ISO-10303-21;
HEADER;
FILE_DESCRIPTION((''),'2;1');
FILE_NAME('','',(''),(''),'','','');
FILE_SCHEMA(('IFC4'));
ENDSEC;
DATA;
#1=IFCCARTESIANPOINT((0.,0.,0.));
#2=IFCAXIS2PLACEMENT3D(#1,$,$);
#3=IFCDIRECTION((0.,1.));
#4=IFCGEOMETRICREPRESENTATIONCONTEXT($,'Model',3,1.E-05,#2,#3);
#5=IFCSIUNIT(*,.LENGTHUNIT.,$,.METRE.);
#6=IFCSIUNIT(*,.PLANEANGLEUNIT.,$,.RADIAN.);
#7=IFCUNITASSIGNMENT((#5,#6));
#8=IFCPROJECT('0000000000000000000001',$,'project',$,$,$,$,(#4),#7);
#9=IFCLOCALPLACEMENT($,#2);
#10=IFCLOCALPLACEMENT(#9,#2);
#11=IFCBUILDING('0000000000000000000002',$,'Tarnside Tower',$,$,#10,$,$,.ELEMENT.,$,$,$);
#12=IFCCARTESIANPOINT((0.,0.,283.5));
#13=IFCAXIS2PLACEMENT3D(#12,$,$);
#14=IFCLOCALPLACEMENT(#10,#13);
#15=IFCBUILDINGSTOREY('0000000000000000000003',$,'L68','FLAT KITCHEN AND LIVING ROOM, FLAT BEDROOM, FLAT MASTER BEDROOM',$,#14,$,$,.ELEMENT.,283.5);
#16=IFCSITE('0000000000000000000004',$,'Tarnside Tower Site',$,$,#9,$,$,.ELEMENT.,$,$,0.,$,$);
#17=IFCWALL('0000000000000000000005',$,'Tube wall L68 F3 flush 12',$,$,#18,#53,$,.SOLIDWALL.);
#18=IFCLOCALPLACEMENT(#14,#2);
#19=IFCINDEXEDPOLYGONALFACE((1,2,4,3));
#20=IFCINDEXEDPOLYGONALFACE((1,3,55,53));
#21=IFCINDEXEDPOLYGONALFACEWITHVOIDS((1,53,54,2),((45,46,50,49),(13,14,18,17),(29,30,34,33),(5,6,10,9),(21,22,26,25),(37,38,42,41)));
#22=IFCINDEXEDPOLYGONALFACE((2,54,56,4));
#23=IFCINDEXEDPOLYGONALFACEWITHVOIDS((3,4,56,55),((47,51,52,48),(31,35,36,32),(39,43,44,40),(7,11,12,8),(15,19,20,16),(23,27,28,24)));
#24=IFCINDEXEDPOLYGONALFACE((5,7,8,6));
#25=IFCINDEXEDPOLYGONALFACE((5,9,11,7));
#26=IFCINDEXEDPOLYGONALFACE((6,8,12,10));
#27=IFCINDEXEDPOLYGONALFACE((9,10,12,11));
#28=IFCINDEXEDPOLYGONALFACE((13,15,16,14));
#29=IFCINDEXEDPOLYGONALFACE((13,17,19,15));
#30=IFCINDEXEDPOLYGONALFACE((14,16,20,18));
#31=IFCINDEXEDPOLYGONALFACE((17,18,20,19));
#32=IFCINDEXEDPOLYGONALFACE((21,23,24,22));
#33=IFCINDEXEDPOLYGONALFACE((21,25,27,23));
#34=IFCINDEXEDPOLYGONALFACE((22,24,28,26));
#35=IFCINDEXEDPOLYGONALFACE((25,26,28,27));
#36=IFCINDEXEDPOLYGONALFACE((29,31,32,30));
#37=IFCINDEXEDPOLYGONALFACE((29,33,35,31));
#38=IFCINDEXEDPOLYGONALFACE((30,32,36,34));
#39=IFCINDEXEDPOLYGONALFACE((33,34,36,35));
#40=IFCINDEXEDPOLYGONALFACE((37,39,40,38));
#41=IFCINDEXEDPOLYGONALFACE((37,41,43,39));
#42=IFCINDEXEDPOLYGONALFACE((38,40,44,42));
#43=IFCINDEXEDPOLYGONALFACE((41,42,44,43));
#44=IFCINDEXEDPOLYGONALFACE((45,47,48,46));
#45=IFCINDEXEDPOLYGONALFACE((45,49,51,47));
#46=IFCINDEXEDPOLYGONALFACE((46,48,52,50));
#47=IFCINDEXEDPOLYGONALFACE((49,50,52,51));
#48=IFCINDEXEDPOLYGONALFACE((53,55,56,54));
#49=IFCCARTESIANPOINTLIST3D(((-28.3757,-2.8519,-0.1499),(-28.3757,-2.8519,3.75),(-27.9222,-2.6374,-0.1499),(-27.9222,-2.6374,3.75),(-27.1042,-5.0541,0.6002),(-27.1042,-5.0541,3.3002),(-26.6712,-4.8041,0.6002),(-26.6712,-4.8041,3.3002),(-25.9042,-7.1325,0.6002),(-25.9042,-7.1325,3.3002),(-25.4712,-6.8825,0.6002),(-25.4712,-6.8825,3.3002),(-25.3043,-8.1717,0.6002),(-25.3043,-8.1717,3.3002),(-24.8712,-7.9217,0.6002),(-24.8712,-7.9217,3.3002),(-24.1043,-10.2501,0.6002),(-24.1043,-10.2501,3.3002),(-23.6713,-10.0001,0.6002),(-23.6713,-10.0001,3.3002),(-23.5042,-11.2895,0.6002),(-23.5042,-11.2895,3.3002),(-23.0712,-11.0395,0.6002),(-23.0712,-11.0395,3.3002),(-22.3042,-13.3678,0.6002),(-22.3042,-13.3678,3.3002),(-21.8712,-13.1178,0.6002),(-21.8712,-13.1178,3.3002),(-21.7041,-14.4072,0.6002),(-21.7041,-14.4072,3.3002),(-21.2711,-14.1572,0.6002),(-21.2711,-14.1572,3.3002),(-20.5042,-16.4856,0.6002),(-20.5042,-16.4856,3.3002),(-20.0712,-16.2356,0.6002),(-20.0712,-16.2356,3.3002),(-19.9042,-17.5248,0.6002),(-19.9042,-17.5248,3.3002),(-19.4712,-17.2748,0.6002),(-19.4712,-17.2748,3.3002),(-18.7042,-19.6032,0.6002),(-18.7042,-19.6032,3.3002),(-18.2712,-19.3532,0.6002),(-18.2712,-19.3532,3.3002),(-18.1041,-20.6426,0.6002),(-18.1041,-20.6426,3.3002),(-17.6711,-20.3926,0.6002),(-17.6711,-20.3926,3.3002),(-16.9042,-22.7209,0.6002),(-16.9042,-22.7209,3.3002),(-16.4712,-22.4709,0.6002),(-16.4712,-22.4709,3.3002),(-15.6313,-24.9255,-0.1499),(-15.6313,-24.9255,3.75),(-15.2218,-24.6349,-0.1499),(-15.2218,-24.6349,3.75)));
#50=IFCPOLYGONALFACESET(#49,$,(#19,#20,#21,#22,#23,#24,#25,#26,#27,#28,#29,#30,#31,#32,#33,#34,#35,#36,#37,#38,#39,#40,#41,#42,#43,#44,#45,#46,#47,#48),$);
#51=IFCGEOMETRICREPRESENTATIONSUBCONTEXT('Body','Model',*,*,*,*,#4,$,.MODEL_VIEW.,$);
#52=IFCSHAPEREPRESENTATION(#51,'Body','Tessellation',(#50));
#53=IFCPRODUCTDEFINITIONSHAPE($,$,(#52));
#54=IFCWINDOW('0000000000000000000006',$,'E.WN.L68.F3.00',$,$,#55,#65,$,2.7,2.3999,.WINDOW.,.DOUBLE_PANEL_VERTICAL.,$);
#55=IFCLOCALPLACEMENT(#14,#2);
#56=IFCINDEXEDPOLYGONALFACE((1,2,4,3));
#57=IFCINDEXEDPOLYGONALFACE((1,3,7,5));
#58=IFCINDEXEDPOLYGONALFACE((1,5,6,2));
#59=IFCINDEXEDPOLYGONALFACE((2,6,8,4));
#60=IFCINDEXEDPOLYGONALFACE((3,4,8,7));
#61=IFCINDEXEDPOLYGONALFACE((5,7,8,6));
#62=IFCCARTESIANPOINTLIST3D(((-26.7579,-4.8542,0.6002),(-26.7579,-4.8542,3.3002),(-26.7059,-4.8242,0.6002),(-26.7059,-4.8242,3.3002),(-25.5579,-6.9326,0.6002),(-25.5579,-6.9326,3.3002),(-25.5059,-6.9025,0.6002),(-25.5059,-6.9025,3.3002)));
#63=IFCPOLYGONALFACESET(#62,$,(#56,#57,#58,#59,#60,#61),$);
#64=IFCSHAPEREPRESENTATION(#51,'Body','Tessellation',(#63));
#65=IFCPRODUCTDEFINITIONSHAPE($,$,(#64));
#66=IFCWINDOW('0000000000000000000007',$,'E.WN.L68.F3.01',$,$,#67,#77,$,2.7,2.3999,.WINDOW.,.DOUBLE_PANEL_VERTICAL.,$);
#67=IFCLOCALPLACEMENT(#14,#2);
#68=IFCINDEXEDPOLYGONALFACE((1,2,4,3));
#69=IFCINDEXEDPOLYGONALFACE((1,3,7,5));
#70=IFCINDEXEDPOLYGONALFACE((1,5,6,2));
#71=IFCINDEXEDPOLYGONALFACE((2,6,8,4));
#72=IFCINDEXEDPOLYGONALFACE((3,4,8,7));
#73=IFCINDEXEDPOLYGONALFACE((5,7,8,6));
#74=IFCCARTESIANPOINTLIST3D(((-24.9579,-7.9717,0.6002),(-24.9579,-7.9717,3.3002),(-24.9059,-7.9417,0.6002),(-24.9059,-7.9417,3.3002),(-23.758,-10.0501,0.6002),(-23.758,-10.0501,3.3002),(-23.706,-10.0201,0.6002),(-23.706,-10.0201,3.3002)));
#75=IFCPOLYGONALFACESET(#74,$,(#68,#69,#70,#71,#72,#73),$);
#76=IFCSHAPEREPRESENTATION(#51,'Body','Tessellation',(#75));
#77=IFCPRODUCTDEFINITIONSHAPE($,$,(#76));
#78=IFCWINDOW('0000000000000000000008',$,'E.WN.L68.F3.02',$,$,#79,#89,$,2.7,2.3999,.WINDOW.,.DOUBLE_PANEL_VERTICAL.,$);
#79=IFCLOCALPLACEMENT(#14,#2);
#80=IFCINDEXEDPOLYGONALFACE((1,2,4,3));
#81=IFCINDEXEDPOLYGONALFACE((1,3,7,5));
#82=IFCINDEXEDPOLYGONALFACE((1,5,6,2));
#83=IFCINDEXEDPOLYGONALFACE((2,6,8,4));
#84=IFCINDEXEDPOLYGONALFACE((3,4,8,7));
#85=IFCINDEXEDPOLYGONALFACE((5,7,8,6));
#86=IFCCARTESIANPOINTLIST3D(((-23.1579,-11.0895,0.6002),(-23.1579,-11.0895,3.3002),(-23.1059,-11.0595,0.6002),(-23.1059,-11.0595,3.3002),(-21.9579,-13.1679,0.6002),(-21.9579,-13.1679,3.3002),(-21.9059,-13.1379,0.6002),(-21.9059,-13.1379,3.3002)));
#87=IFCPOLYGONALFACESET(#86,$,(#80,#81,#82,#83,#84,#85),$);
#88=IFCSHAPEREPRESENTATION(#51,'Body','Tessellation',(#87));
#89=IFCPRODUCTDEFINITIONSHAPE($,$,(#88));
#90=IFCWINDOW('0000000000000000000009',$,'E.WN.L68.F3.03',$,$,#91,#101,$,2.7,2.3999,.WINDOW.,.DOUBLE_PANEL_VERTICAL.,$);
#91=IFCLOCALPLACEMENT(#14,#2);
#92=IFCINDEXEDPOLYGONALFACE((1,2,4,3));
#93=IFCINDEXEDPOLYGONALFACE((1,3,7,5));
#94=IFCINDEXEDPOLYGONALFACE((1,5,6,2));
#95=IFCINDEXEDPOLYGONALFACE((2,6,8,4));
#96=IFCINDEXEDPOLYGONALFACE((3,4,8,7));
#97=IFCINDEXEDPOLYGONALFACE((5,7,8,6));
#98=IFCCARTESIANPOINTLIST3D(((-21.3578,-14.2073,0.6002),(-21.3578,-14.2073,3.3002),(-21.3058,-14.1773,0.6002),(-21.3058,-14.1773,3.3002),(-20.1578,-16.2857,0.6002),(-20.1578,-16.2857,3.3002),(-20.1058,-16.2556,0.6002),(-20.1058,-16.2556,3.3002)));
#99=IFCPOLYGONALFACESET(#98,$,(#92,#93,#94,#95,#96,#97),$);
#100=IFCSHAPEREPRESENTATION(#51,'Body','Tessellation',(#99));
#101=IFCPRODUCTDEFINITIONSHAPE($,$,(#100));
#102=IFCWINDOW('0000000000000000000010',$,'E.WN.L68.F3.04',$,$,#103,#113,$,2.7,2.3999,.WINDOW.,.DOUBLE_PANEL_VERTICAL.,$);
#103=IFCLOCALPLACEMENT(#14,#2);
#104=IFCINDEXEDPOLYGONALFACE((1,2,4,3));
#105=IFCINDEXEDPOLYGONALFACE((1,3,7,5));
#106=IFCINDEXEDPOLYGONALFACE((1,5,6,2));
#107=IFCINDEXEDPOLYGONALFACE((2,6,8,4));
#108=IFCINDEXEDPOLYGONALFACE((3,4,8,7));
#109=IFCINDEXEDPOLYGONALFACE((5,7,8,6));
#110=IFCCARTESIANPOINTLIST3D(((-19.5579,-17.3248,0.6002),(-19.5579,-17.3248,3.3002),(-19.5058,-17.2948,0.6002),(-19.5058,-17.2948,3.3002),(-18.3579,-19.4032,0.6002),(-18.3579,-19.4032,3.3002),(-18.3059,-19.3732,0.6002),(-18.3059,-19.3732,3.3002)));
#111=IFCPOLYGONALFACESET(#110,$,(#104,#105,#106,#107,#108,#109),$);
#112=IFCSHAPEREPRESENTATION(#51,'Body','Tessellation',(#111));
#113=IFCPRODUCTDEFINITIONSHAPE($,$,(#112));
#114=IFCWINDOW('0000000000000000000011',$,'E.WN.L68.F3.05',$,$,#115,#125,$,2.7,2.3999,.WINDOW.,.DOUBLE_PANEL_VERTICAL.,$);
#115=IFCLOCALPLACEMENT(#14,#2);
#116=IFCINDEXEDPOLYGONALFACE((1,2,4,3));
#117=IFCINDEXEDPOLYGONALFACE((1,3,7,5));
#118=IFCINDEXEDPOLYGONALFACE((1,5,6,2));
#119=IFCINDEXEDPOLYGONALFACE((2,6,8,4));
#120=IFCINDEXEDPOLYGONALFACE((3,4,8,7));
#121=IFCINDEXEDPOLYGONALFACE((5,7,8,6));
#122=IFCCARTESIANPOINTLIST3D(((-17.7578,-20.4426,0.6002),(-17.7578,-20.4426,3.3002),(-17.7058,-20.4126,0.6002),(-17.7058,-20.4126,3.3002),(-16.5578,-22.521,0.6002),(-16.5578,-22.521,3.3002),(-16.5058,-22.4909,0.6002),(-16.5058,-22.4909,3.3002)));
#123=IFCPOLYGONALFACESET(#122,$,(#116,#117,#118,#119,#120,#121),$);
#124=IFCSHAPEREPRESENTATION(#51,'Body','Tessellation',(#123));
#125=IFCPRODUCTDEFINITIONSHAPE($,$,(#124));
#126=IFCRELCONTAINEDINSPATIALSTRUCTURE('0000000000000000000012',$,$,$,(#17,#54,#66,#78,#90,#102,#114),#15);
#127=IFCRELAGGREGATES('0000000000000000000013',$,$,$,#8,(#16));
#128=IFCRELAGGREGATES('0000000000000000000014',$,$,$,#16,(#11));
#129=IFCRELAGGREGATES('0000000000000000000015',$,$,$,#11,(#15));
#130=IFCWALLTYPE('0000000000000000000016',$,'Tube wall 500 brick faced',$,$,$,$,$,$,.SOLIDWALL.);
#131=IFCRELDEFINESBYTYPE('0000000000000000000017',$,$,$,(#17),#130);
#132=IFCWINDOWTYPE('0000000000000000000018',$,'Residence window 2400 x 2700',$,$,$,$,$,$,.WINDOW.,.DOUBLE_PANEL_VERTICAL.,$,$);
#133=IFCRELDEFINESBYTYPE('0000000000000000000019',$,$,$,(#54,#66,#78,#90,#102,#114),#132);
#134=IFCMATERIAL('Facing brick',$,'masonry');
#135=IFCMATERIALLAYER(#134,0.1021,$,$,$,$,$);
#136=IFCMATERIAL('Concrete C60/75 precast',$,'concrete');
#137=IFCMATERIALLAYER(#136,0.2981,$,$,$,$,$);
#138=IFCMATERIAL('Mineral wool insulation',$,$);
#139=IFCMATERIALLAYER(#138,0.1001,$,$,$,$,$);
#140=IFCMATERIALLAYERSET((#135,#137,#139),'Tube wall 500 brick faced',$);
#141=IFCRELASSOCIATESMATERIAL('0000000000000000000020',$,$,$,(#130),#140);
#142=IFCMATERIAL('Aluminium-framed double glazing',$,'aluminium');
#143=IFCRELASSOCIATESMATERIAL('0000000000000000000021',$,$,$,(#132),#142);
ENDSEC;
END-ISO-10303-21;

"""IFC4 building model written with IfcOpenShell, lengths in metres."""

from ifc_helpers import new_model, si_unit, direction, frame, frame_2d, origin, place, context, subcontext, project, spatial, polyline, rectangle, outline, extrude, material, layer, layer_set, type_object, element, fill, save


model = new_model("IFC4")

# Units and contexts
model_context = context("Model", 3, precision=1e-05, world=origin(), true_north=direction((0.0, 1.0)))
body_context = subcontext(model_context, "Body", "Model", "MODEL_VIEW")
ifc_project = project(units=[si_unit("LENGTHUNIT", "METRE"), si_unit("PLANEANGLEUNIT", "RADIAN")], contexts=[model_context])

# Site, building, storey
site_placement = place(None, origin())
site = spatial("IfcSite", under=ifc_project, at=site_placement, Name="Tarnside Tower Site", CompositionType="ELEMENT", RefElevation=0.0)
building_placement = place(site_placement, origin())
building = spatial("IfcBuilding", under=site, at=building_placement, Name="Tarnside Tower", CompositionType="ELEMENT")
storey_placement = place(building_placement, frame((0.0, 0.0, 283.5)))
storey = spatial("IfcBuildingStorey", under=building, at=storey_placement, Name="L68", Description="FLAT KITCHEN AND LIVING ROOM, FLAT BEDROOM, FLAT MASTER BEDROOM", CompositionType="ELEMENT", Elevation=283.5)

# Shared definitions
ifc_material_1 = material(Name="Facing brick", Category="masonry")
ifc_layer_1 = layer(ifc_material_1, 0.1021)
ifc_material_2 = material(Name="Concrete C60/75 precast", Category="concrete")
ifc_layer_2 = layer(ifc_material_2, 0.2981)
ifc_material_3 = material(Name="Mineral wool insulation")
ifc_layer_3 = layer(ifc_material_3, 0.1001)
ifc_layer_set_1 = layer_set([ifc_layer_1, ifc_layer_2, ifc_layer_3], Name="Tube wall 500 brick faced")
wall_type_1 = type_object("IfcWallType", Name="Tube wall 500 brick faced", PredefinedType="SOLIDWALL", material=ifc_layer_set_1)

# Wall, openings, windows
wall_1_placement = place(storey_placement, frame((-28.1489, -2.7446, -0.1499), z_axis=(0.0, 0.0, 1.0), x_axis=(0.500004, -0.866023, 0.0)))
wall_1 = element("IfcWall", 1, at=wall_1_placement, inside=storey, type_object=wall_type_1, Name="Tube wall L68 F3 flush 12", PredefinedType="SOLIDWALL", context=body_context, shape_type="SweptSolid", body=[
    extrude(outline(polyline([(-0.0205, -0.25), (25.468, -0.25), (25.4211, 0.25), (0.0205, 0.25), (-0.0205, -0.25)])), origin(), (0.0, 0.0, 1.0), 3.8999),
])
opening_1_placement = place(wall_1_placement, frame((2.5225, 0.0, 0.75)))
opening_1 = element("IfcOpeningElement", 2, at=opening_1_placement, cuts=wall_1, PredefinedType="OPENING", context=body_context, shape_type="SweptSolid", body=[
    extrude(rectangle(XDim=2.3999, YDim=2.7, at=frame_2d((1.2, 1.3501))), frame((0.0, 0.26, 0.0), z_axis=(0.0, -1.0, 0.0), x_axis=(1.0, 0.0, 0.0)), (0.0, 0.0, 1.0), 0.52),
])
opening_2_placement = place(wall_1_placement, frame((6.1223, 0.0, 0.75)))
opening_2 = element("IfcOpeningElement", 3, at=opening_2_placement, cuts=wall_1, PredefinedType="OPENING", context=body_context, shape_type="SweptSolid", body=[
    extrude(rectangle(XDim=2.3999, YDim=2.7, at=frame_2d((1.2, 1.3501))), frame((0.0, 0.26, 0.0), z_axis=(0.0, -1.0, 0.0), x_axis=(1.0, 0.0, 0.0)), (0.0, 0.0, 1.0), 0.52),
])
opening_3_placement = place(wall_1_placement, frame((9.7224, 0.0, 0.75)))
opening_3 = element("IfcOpeningElement", 4, at=opening_3_placement, cuts=wall_1, PredefinedType="OPENING", context=body_context, shape_type="SweptSolid", body=[
    extrude(rectangle(XDim=2.3999, YDim=2.7, at=frame_2d((1.2, 1.3501))), frame((0.0, 0.26, 0.0), z_axis=(0.0, -1.0, 0.0), x_axis=(1.0, 0.0, 0.0)), (0.0, 0.0, 1.0), 0.52),
])
opening_4_placement = place(wall_1_placement, frame((13.3225, 0.0, 0.75)))
opening_4 = element("IfcOpeningElement", 5, at=opening_4_placement, cuts=wall_1, PredefinedType="OPENING", context=body_context, shape_type="SweptSolid", body=[
    extrude(rectangle(XDim=2.3999, YDim=2.7, at=frame_2d((1.2, 1.3501))), frame((0.0, 0.26, 0.0), z_axis=(0.0, -1.0, 0.0), x_axis=(1.0, 0.0, 0.0)), (0.0, 0.0, 1.0), 0.52),
])
opening_5_placement = place(wall_1_placement, frame((16.9224, 0.0, 0.75)))
opening_5 = element("IfcOpeningElement", 6, at=opening_5_placement, cuts=wall_1, PredefinedType="OPENING", context=body_context, shape_type="SweptSolid", body=[
    extrude(rectangle(XDim=2.3999, YDim=2.7, at=frame_2d((1.2, 1.3501))), frame((0.0, 0.26, 0.0), z_axis=(0.0, -1.0, 0.0), x_axis=(1.0, 0.0, 0.0)), (0.0, 0.0, 1.0), 0.52),
])
opening_6_placement = place(wall_1_placement, frame((20.5225, 0.0, 0.75)))
opening_6 = element("IfcOpeningElement", 7, at=opening_6_placement, cuts=wall_1, PredefinedType="OPENING", context=body_context, shape_type="SweptSolid", body=[
    extrude(rectangle(XDim=2.3999, YDim=2.7, at=frame_2d((1.2, 1.3501))), frame((0.0, 0.26, 0.0), z_axis=(0.0, -1.0, 0.0), x_axis=(1.0, 0.0, 0.0)), (0.0, 0.0, 1.0), 0.52),
])
ifc_material_4 = material(Name="Aluminium-framed double glazing", Category="aluminium")
window_type = type_object("IfcWindowType", Name="Residence window 2400 x 2700", PartitioningType="DOUBLE_PANEL_VERTICAL", PredefinedType="WINDOW", material=ifc_material_4)
window_1_placement = place(opening_1_placement, frame((0.0, 0.1799, 0.0)))
window_1 = element("IfcWindow", 8, at=window_1_placement, inside=storey, type_object=window_type, Name="E.WN.L68.F3.00", OverallHeight=2.7, OverallWidth=2.3999, PartitioningType="DOUBLE_PANEL_VERTICAL", PredefinedType="WINDOW", context=body_context, shape_type="SweptSolid", body=[
    extrude(rectangle(XDim=2.3999, YDim=2.7, at=frame_2d((1.2, 1.3501))), frame((0.0, 0.03, 0.0), z_axis=(0.0, -1.0, 0.0), x_axis=(1.0, 0.0, 0.0)), (0.0, 0.0, 1.0), 0.0601),
])
fill(opening_1, window_1)
window_2_placement = place(opening_2_placement, frame((0.0, 0.1799, 0.0)))
window_2 = element("IfcWindow", 9, at=window_2_placement, inside=storey, type_object=window_type, Name="E.WN.L68.F3.01", OverallHeight=2.7, OverallWidth=2.3999, PartitioningType="DOUBLE_PANEL_VERTICAL", PredefinedType="WINDOW", context=body_context, shape_type="SweptSolid", body=[
    extrude(rectangle(XDim=2.3999, YDim=2.7, at=frame_2d((1.2, 1.3501))), frame((0.0, 0.03, 0.0), z_axis=(0.0, -1.0, 0.0), x_axis=(1.0, 0.0, 0.0)), (0.0, 0.0, 1.0), 0.0601),
])
fill(opening_2, window_2)
window_3_placement = place(opening_3_placement, frame((0.0, 0.1799, 0.0)))
window_3 = element("IfcWindow", 10, at=window_3_placement, inside=storey, type_object=window_type, Name="E.WN.L68.F3.02", OverallHeight=2.7, OverallWidth=2.3999, PartitioningType="DOUBLE_PANEL_VERTICAL", PredefinedType="WINDOW", context=body_context, shape_type="SweptSolid", body=[
    extrude(rectangle(XDim=2.3999, YDim=2.7, at=frame_2d((1.2, 1.3501))), frame((0.0, 0.03, 0.0), z_axis=(0.0, -1.0, 0.0), x_axis=(1.0, 0.0, 0.0)), (0.0, 0.0, 1.0), 0.0601),
])
fill(opening_3, window_3)
window_4_placement = place(opening_4_placement, frame((0.0, 0.1799, 0.0)))
window_4 = element("IfcWindow", 11, at=window_4_placement, inside=storey, type_object=window_type, Name="E.WN.L68.F3.03", OverallHeight=2.7, OverallWidth=2.3999, PartitioningType="DOUBLE_PANEL_VERTICAL", PredefinedType="WINDOW", context=body_context, shape_type="SweptSolid", body=[
    extrude(rectangle(XDim=2.3999, YDim=2.7, at=frame_2d((1.2, 1.3501))), frame((0.0, 0.03, 0.0), z_axis=(0.0, -1.0, 0.0), x_axis=(1.0, 0.0, 0.0)), (0.0, 0.0, 1.0), 0.0601),
])
fill(opening_4, window_4)
window_5_placement = place(opening_5_placement, frame((0.0, 0.1799, 0.0)))
window_5 = element("IfcWindow", 12, at=window_5_placement, inside=storey, type_object=window_type, Name="E.WN.L68.F3.04", OverallHeight=2.7, OverallWidth=2.3999, PartitioningType="DOUBLE_PANEL_VERTICAL", PredefinedType="WINDOW", context=body_context, shape_type="SweptSolid", body=[
    extrude(rectangle(XDim=2.3999, YDim=2.7, at=frame_2d((1.2, 1.3501))), frame((0.0, 0.03, 0.0), z_axis=(0.0, -1.0, 0.0), x_axis=(1.0, 0.0, 0.0)), (0.0, 0.0, 1.0), 0.0601),
])
fill(opening_5, window_5)
window_6_placement = place(opening_6_placement, frame((0.0, 0.1799, 0.0)))
window_6 = element("IfcWindow", 13, at=window_6_placement, inside=storey, type_object=window_type, Name="E.WN.L68.F3.05", OverallHeight=2.7, OverallWidth=2.3999, PartitioningType="DOUBLE_PANEL_VERTICAL", PredefinedType="WINDOW", context=body_context, shape_type="SweptSolid", body=[
    extrude(rectangle(XDim=2.3999, YDim=2.7, at=frame_2d((1.2, 1.3501))), frame((0.0, 0.03, 0.0), z_axis=(0.0, -1.0, 0.0), x_axis=(1.0, 0.0, 0.0)), (0.0, 0.0, 1.0), 0.0601),
])
fill(opening_6, window_6)

save(model, "model.ifc")
